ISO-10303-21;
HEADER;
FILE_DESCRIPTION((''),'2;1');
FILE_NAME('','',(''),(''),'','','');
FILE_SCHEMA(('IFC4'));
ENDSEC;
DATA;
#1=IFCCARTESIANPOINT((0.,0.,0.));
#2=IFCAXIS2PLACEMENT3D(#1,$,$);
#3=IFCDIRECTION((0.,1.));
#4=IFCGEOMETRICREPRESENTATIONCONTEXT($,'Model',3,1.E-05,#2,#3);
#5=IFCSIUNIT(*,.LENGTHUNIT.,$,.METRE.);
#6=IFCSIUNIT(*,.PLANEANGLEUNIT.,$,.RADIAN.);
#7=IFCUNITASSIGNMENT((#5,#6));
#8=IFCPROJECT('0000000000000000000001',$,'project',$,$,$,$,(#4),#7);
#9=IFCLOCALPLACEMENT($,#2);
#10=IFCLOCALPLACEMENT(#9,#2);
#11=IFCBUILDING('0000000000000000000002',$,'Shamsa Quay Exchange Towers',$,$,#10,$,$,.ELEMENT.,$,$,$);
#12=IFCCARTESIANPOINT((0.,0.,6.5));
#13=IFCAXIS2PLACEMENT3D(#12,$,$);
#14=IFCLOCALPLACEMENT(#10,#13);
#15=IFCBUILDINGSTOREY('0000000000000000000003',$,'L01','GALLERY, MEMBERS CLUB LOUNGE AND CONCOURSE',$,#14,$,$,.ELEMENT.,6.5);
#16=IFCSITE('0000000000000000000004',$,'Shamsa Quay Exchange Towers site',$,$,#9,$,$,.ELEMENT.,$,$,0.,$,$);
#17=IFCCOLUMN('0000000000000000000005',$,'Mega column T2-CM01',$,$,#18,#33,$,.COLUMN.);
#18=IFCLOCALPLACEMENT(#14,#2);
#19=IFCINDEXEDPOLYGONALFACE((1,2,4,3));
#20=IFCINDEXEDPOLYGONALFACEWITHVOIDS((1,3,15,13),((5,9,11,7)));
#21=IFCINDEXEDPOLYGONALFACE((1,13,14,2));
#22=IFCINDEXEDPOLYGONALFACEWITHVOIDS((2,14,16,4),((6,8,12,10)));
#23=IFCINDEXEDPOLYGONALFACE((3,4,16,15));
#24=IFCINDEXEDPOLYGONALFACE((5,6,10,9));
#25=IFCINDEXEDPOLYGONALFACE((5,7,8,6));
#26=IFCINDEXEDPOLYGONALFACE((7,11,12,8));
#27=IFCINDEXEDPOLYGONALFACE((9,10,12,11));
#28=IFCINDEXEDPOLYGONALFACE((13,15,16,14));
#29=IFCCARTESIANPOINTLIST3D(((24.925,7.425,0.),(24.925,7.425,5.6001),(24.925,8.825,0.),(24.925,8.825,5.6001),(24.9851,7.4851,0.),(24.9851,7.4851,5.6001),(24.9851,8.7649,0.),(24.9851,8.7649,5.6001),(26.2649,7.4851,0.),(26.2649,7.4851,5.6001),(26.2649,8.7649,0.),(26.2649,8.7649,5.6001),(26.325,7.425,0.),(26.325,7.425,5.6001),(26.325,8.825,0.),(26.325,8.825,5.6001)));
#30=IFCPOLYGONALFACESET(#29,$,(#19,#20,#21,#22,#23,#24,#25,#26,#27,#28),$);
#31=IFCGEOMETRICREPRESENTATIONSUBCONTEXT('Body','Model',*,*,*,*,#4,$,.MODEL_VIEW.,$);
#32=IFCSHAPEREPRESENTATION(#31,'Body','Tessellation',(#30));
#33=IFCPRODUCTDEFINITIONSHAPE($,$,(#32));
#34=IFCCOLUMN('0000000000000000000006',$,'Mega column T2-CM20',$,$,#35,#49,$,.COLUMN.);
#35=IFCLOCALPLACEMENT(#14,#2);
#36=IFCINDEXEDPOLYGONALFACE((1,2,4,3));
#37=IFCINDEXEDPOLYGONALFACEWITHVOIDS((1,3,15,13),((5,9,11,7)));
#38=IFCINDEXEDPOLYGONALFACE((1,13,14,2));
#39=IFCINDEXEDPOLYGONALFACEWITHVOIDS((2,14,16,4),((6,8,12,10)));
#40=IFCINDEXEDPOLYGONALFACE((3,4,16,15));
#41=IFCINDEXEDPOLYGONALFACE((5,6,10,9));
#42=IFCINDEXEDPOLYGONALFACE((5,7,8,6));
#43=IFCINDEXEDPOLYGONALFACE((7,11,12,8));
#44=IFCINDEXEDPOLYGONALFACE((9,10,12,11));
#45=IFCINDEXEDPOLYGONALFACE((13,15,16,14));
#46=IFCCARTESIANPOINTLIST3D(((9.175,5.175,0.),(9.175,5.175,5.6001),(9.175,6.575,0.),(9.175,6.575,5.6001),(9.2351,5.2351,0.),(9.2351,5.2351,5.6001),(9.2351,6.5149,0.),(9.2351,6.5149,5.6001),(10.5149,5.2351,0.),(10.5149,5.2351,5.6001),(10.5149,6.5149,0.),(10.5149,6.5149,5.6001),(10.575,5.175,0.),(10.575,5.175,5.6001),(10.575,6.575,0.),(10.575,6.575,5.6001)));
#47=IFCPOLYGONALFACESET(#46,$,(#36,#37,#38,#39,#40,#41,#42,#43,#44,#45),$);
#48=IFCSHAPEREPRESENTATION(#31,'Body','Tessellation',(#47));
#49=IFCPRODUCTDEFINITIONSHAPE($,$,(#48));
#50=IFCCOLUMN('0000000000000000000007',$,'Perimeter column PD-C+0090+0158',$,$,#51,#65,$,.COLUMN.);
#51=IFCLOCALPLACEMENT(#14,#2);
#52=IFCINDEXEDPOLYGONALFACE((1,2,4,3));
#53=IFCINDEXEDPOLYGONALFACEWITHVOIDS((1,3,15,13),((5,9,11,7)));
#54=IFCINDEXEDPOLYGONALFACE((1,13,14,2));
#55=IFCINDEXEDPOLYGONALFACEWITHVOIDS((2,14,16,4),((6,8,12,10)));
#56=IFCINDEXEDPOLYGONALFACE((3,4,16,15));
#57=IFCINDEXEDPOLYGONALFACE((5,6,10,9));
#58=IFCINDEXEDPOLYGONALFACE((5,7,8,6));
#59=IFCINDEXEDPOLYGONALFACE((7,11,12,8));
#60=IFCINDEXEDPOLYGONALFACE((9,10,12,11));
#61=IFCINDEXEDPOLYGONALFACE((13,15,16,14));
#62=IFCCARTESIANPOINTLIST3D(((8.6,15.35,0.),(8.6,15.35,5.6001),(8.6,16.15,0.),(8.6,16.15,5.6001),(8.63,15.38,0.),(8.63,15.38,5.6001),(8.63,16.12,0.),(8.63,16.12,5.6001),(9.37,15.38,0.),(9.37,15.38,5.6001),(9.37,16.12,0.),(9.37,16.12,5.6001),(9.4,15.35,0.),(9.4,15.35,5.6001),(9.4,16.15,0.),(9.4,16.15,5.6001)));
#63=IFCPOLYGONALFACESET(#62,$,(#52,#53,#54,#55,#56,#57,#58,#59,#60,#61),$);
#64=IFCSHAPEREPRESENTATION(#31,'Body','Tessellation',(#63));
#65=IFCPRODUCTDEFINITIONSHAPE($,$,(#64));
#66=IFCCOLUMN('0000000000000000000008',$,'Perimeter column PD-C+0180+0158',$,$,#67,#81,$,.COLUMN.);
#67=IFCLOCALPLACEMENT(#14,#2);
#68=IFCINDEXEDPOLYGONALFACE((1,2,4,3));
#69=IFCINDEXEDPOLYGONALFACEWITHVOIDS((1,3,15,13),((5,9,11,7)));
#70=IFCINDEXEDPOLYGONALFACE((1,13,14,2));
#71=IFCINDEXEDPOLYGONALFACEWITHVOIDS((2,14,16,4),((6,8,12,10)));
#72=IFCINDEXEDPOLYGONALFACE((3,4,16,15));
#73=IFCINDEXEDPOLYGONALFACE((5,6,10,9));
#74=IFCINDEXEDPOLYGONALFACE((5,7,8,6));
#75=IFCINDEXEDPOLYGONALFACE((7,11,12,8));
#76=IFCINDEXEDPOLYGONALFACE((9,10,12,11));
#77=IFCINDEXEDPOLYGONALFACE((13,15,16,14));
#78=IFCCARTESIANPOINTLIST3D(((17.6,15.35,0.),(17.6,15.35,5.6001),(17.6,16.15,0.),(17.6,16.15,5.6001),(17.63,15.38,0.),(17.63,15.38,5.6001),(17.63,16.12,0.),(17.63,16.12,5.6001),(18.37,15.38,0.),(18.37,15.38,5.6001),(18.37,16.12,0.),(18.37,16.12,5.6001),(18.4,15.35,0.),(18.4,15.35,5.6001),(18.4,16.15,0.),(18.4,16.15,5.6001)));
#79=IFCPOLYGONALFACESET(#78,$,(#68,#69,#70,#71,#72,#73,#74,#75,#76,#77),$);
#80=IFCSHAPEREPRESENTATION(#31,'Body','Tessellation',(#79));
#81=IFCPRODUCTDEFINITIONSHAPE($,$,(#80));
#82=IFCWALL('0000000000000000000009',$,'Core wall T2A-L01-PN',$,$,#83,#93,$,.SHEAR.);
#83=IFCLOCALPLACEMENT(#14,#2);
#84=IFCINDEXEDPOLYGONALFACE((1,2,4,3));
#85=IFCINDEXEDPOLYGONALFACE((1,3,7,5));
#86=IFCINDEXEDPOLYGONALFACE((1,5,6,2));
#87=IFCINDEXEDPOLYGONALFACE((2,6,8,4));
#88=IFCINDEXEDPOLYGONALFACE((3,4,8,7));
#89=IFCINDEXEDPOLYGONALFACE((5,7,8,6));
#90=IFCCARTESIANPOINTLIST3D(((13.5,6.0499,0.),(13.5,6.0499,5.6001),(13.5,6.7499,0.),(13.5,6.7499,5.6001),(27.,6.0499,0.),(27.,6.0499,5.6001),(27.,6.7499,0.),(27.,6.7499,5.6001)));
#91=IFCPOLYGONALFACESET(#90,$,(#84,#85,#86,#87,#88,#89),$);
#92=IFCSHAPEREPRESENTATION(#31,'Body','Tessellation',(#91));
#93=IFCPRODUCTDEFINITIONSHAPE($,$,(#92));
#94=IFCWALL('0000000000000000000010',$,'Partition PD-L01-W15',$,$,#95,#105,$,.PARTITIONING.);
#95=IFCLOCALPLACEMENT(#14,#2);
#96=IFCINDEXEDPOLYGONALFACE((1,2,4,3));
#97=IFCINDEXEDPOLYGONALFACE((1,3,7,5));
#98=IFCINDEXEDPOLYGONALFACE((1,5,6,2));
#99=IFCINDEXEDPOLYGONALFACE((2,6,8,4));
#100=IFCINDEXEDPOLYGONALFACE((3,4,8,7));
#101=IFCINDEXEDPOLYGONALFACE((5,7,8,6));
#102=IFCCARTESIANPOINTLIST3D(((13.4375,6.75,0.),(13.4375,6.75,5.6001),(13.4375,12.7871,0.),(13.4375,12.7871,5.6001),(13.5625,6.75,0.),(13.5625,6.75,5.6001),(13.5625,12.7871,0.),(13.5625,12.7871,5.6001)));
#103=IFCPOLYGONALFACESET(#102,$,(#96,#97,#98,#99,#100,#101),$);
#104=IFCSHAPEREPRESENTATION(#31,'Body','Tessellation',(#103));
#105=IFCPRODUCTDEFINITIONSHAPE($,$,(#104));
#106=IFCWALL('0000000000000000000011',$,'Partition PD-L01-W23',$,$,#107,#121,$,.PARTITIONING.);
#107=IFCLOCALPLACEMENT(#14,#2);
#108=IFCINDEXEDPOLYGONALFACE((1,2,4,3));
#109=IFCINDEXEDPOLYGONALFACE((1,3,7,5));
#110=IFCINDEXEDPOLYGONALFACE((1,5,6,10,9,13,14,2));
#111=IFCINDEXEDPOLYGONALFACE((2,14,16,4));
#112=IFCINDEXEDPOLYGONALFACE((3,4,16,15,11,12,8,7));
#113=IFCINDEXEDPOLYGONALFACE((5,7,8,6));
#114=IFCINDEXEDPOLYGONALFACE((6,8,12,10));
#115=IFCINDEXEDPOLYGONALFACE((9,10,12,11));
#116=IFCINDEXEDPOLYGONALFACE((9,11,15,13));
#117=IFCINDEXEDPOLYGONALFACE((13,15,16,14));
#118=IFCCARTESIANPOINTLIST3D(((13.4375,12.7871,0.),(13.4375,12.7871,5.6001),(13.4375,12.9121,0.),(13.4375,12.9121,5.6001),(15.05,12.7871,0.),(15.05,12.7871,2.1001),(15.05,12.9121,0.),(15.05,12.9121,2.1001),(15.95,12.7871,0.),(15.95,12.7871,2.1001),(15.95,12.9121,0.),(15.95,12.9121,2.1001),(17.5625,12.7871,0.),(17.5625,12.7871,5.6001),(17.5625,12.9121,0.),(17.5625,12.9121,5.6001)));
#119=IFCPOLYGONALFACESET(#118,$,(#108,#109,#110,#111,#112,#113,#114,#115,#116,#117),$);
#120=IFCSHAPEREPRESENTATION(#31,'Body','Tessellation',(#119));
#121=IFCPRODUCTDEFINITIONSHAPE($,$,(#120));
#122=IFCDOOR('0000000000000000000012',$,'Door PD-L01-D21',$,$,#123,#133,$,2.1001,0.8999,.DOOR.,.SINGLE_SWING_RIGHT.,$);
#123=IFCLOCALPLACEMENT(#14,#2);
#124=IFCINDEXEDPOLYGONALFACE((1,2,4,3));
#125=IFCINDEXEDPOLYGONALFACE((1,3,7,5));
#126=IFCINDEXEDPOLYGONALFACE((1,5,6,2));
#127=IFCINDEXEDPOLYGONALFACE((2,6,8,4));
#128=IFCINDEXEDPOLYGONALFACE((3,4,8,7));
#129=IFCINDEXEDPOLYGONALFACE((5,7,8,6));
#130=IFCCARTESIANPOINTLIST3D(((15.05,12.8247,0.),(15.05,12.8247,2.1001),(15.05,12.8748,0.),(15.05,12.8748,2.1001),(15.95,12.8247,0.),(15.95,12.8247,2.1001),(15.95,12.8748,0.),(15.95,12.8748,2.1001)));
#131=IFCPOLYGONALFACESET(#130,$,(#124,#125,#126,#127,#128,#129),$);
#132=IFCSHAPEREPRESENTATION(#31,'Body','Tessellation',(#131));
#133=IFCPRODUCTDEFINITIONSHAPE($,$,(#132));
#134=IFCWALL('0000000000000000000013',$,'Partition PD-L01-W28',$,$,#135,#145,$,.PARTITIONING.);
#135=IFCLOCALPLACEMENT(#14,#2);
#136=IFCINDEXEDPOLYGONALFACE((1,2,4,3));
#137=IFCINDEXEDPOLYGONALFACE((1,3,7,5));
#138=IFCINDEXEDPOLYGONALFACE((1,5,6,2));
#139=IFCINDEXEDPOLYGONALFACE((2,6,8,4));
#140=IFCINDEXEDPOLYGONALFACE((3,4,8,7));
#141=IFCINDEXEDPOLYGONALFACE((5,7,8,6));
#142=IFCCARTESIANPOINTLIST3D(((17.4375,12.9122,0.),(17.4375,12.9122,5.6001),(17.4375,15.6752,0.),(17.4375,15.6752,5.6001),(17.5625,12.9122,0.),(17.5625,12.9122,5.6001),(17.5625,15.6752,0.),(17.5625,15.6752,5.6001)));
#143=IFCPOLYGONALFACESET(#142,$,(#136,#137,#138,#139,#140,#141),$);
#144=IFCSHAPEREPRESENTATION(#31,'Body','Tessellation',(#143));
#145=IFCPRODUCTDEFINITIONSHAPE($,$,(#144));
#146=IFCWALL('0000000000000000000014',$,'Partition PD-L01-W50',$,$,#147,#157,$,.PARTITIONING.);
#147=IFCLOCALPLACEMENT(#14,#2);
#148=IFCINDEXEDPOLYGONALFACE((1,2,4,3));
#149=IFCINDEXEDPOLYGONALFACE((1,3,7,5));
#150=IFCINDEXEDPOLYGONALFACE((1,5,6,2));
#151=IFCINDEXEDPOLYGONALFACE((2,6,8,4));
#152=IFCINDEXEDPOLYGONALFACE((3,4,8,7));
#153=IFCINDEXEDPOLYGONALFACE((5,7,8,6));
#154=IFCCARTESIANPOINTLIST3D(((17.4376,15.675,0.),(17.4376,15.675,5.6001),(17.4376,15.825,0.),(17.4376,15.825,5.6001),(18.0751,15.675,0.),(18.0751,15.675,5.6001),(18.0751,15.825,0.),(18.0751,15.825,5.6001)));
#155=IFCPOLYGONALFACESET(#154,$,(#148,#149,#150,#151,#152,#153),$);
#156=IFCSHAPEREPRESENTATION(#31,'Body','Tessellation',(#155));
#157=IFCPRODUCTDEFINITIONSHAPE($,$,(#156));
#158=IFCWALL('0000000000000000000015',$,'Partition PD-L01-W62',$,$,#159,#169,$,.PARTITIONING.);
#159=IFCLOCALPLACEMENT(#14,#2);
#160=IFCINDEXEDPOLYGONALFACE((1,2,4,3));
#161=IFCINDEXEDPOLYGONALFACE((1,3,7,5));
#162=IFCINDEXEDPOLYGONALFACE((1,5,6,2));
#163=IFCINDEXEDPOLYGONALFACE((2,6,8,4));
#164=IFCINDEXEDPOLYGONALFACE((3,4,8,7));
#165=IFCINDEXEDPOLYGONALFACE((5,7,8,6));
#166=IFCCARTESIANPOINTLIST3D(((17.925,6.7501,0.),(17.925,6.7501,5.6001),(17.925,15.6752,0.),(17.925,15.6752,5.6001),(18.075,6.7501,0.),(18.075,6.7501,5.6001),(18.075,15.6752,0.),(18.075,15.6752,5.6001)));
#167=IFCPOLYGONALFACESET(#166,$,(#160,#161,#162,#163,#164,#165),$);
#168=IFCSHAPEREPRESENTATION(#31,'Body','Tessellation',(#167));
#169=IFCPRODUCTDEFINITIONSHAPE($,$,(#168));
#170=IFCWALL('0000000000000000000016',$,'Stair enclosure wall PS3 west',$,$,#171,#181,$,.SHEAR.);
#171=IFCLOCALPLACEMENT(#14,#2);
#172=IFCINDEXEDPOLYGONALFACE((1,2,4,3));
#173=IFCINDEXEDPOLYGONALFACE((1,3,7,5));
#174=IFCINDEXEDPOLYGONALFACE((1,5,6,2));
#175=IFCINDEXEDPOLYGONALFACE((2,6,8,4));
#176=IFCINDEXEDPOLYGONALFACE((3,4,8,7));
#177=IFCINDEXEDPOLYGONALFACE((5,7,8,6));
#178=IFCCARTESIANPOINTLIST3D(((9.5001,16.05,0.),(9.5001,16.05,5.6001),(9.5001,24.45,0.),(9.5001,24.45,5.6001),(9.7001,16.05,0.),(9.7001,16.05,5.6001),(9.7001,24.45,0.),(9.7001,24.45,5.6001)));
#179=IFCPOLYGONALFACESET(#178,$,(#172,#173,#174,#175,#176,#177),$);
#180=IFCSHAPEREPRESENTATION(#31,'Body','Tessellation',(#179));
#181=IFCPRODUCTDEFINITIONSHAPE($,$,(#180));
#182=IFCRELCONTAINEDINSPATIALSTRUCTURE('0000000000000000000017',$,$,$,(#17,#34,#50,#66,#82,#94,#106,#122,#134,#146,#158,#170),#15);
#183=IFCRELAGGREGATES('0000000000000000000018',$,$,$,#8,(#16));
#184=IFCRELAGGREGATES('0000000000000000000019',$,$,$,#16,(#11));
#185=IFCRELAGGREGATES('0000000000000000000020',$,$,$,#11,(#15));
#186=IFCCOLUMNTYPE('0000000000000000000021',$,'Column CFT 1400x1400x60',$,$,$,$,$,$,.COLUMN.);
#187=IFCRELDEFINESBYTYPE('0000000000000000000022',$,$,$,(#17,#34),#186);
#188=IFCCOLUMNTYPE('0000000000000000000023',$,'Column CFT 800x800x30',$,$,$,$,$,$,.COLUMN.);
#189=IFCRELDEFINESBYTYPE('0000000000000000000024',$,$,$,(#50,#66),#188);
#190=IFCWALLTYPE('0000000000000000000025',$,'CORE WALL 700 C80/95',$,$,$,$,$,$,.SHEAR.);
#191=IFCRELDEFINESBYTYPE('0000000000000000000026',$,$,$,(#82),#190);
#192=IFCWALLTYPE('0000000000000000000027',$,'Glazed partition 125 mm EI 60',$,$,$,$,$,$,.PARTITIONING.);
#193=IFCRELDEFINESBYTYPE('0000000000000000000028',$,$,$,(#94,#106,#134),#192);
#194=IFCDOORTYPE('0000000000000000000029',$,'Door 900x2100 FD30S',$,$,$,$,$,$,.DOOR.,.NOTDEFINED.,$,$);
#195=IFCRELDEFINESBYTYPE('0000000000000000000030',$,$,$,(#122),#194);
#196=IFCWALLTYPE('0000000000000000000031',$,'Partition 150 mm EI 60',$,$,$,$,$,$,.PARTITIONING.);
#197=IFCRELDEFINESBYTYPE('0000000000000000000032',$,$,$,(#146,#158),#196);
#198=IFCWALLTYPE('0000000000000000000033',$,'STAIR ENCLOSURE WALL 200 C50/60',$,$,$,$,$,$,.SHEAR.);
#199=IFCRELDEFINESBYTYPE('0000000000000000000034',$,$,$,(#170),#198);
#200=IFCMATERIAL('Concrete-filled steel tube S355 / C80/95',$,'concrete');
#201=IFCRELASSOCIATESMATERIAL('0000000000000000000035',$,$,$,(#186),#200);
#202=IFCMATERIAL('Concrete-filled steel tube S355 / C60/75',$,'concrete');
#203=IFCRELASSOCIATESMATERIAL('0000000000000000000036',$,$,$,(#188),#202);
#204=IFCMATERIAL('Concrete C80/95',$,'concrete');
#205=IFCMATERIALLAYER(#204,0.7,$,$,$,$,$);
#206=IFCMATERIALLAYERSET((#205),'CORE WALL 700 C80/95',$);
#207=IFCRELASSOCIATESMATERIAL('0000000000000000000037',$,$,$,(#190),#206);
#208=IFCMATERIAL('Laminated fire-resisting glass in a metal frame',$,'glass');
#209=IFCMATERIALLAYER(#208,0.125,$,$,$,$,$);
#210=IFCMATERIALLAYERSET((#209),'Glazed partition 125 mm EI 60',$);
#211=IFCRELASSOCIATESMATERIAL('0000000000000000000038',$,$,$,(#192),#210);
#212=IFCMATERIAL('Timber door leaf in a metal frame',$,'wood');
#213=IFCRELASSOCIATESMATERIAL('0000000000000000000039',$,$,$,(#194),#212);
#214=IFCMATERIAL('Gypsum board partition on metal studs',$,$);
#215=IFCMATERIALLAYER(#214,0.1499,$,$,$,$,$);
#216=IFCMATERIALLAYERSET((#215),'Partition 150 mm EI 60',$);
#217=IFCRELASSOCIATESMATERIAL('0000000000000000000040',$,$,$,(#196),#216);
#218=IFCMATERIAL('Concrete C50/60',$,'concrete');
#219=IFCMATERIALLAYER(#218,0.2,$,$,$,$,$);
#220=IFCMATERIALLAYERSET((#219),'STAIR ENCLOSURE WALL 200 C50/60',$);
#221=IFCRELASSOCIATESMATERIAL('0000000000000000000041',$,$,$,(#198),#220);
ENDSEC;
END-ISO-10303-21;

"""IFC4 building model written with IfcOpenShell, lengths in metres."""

from ifc_helpers import new_model, si_unit, direction, frame, frame_2d, origin, origin_2d, place, context, subcontext, project, spatial, rectangle, hollow_rectangle, extrude, material, layer, layer_set, material_profile, profile_set, type_object, element, fill, save


model = new_model("IFC4")

# Units and contexts
model_context = context("Model", 3, precision=1e-05, world=origin(), true_north=direction((0.0, 1.0)))
body_context = subcontext(model_context, "Body", "Model", "MODEL_VIEW")
ifc_project = project(units=[si_unit("LENGTHUNIT", "METRE"), si_unit("PLANEANGLEUNIT", "RADIAN")], contexts=[model_context])

# Site, building, storey
site_placement = place(None, origin())
site = spatial("IfcSite", under=ifc_project, at=site_placement, Name="Shamsa Quay Exchange Towers site", CompositionType="ELEMENT", RefElevation=0.0)
building_placement = place(site_placement, origin())
building = spatial("IfcBuilding", under=site, at=building_placement, Name="Shamsa Quay Exchange Towers", CompositionType="ELEMENT")
storey_placement = place(building_placement, frame((0.0, 0.0, 6.5)))
storey = spatial("IfcBuildingStorey", under=building, at=storey_placement, Name="L01", Description="GALLERY, MEMBERS CLUB LOUNGE AND CONCOURSE", CompositionType="ELEMENT", Elevation=6.5)

# Columns
ifc_material_1 = material(Name="Concrete-filled steel tube S355 / C80/95", Category="concrete")
ifc_material_profile_1 = material_profile(ifc_material_1, hollow_rectangle(XDim=1.3999, YDim=1.3999, WallThickness=0.0601, at=origin_2d()), Name="CFT 1400x1400x60")
ifc_profile_set_1 = profile_set([ifc_material_profile_1], Name="Concrete-filled steel tube S355 / C80/95")
column_type_1 = type_object("IfcColumnType", Name="Column CFT 1400x1400x60", PredefinedType="COLUMN", material=ifc_profile_set_1)
for number, where, name in (
    (1, (25.625, 8.125, 0.0), "Mega column T2-CM01"),
    (2, (9.875, 5.875, 0.0), "Mega column T2-CM20"),
):
    element("IfcColumn", number, at=place(storey_placement, frame(where)), inside=storey, type_object=column_type_1, Name=name, PredefinedType="COLUMN", context=body_context, shape_type="SweptSolid", body=[
        extrude(hollow_rectangle(XDim=1.3999, YDim=1.3999, WallThickness=0.0601, at=origin_2d()), origin(), (0.0, 0.0, 1.0), 5.6001),
    ])
ifc_material_2 = material(Name="Concrete-filled steel tube S355 / C60/75", Category="concrete")
ifc_material_profile_2 = material_profile(ifc_material_2, hollow_rectangle(XDim=0.8, YDim=0.8, WallThickness=0.03, at=origin_2d()), Name="CFT 800x800x30")
ifc_profile_set_2 = profile_set([ifc_material_profile_2], Name="Concrete-filled steel tube S355 / C60/75")
column_type_2 = type_object("IfcColumnType", Name="Column CFT 800x800x30", PredefinedType="COLUMN", material=ifc_profile_set_2)
for number, where, name in (
    (3, (9.0, 15.75, 0.0), "Perimeter column PD-C+0090+0158"),
    (4, (18.0, 15.75, 0.0), "Perimeter column PD-C+0180+0158"),
):
    element("IfcColumn", number, at=place(storey_placement, frame(where)), inside=storey, type_object=column_type_2, Name=name, PredefinedType="COLUMN", context=body_context, shape_type="SweptSolid", body=[
        extrude(hollow_rectangle(XDim=0.8, YDim=0.8, WallThickness=0.03, at=origin_2d()), origin(), (0.0, 0.0, 1.0), 5.6001),
    ])

# Wall
ifc_material_3 = material(Name="Concrete C80/95", Category="concrete")
ifc_layer_1 = layer(ifc_material_3, 0.7)
ifc_layer_set_1 = layer_set([ifc_layer_1], Name="CORE WALL 700 C80/95")
wall_type_1 = type_object("IfcWallType", Name="CORE WALL 700 C80/95", PredefinedType="SHEAR", material=ifc_layer_set_1)
wall_1_placement = place(storey_placement, frame((13.5, 6.3999, 0.0)))
element("IfcWall", 5, at=wall_1_placement, inside=storey, type_object=wall_type_1, Name="Core wall T2A-L01-PN", PredefinedType="SHEAR", context=body_context, shape_type="SweptSolid", body=[
    extrude(rectangle(XDim=13.5, YDim=0.7, at=frame_2d((6.75, 0.0))), origin(), (0.0, 0.0, 1.0), 5.6001),
])

# Wall
ifc_material_4 = material(Name="Laminated fire-resisting glass in a metal frame", Category="glass")
ifc_layer_2 = layer(ifc_material_4, 0.125)
ifc_layer_set_2 = layer_set([ifc_layer_2], Name="Glazed partition 125 mm EI 60")
wall_type_2 = type_object("IfcWallType", Name="Glazed partition 125 mm EI 60", PredefinedType="PARTITIONING", material=ifc_layer_set_2)
wall_2_placement = place(storey_placement, frame((13.5, 12.7871, 0.0), z_axis=(0.0, 0.0, 1.0), x_axis=(0.0, -1.0, 0.0)))
element("IfcWall", 6, at=wall_2_placement, inside=storey, type_object=wall_type_2, Name="Partition PD-L01-W15", PredefinedType="PARTITIONING", context=body_context, shape_type="SweptSolid", body=[
    extrude(rectangle(XDim=6.0371, YDim=0.125, at=frame_2d((3.0186, 0.0))), origin(), (0.0, 0.0, 1.0), 5.6001),
])

# Wall, opening, door
wall_3_placement = place(storey_placement, frame((17.5625, 12.8496, 0.0), z_axis=(0.0, 0.0, 1.0), x_axis=(-1.0, 0.0, 0.0)))
wall_3 = element("IfcWall", 7, at=wall_3_placement, inside=storey, type_object=wall_type_2, Name="Partition PD-L01-W23", PredefinedType="PARTITIONING", context=body_context, shape_type="SweptSolid", body=[
    extrude(rectangle(XDim=4.125, YDim=0.125, at=frame_2d((2.0625, 0.0))), origin(), (0.0, 0.0, 1.0), 5.6001),
])
opening_1_placement = place(wall_3_placement, frame((1.6125, 0.0, 0.0)))
opening_1 = element("IfcOpeningElement", 8, at=opening_1_placement, cuts=wall_3, PredefinedType="OPENING", context=body_context, shape_type="SweptSolid", body=[
    extrude(rectangle(XDim=0.8999, YDim=2.1001, at=frame_2d((0.45, 1.05))), frame((0.0, 0.0725, 0.0), z_axis=(0.0, -1.0, 0.0), x_axis=(1.0, 0.0, 0.0)), (0.0, 0.0, 1.0), 0.145),
])
ifc_material_5 = material(Name="Timber door leaf in a metal frame", Category="wood")
door_type_1 = type_object("IfcDoorType", Name="Door 900x2100 FD30S", OperationType="NOTDEFINED", PredefinedType="DOOR", material=ifc_material_5)
door_1_placement = place(opening_1_placement, origin())
door_1 = element("IfcDoor", 9, at=door_1_placement, inside=storey, type_object=door_type_1, Name="Door PD-L01-D21", OperationType="SINGLE_SWING_RIGHT", OverallHeight=2.1001, OverallWidth=0.8999, PredefinedType="DOOR", context=body_context, shape_type="SweptSolid", body=[
    extrude(rectangle(XDim=0.8999, YDim=2.1001, at=frame_2d((0.45, 1.05))), frame((0.0, 0.0249, 0.0), z_axis=(0.0, -1.0, 0.0), x_axis=(1.0, 0.0, 0.0)), (0.0, 0.0, 1.0), 0.05),
])
fill(opening_1, door_1)

# Walls
wall_4_placement = place(storey_placement, frame((17.5, 15.675, 0.0), z_axis=(0.0, 0.0, 1.0), x_axis=(0.0, -1.0, 0.0)))
element("IfcWall", 10, at=wall_4_placement, inside=storey, type_object=wall_type_2, Name="Partition PD-L01-W28", PredefinedType="PARTITIONING", context=body_context, shape_type="SweptSolid", body=[
    extrude(rectangle(XDim=2.7629, YDim=0.125, at=frame_2d((1.3813, 0.0))), origin(), (0.0, 0.0, 1.0), 5.6001),
])
ifc_material_6 = material(Name="Gypsum board partition on metal studs")
ifc_layer_3 = layer(ifc_material_6, 0.1499)
ifc_layer_set_3 = layer_set([ifc_layer_3], Name="Partition 150 mm EI 60")
wall_type_3 = type_object("IfcWallType", Name="Partition 150 mm EI 60", PredefinedType="PARTITIONING", material=ifc_layer_set_3)
wall_5_placement = place(storey_placement, frame((17.4375, 15.75, 0.0)))
element("IfcWall", 11, at=wall_5_placement, inside=storey, type_object=wall_type_3, Name="Partition PD-L01-W50", PredefinedType="PARTITIONING", context=body_context, shape_type="SweptSolid", body=[
    extrude(rectangle(XDim=0.6375, YDim=0.1499, at=frame_2d((0.3188, 0.0))), origin(), (0.0, 0.0, 1.0), 5.6001),
])
wall_6_placement = place(storey_placement, frame((18.0, 15.675, 0.0), z_axis=(0.0, 0.0, 1.0), x_axis=(0.0, -1.0, 0.0)))
element("IfcWall", 12, at=wall_6_placement, inside=storey, type_object=wall_type_3, Name="Partition PD-L01-W62", PredefinedType="PARTITIONING", context=body_context, shape_type="SweptSolid", body=[
    extrude(rectangle(XDim=8.925, YDim=0.1499, at=frame_2d((4.4624, 0.0))), origin(), (0.0, 0.0, 1.0), 5.6001),
])

# Shared definitions
ifc_material_7 = material(Name="Concrete C50/60", Category="concrete")
ifc_layer_4 = layer(ifc_material_7, 0.2)
ifc_layer_set_4 = layer_set([ifc_layer_4], Name="STAIR ENCLOSURE WALL 200 C50/60")
wall_type_4 = type_object("IfcWallType", Name="STAIR ENCLOSURE WALL 200 C50/60", PredefinedType="SHEAR", material=ifc_layer_set_4)

# Wall
for number, where, z_axis, x_axis, name in (
    (13, (9.6001, 16.05, 0.0), (0.0, 0.0, 1.0), (0.0, 1.0, 0.0), "Stair enclosure wall PS3 west"),
):
    element("IfcWall", number, at=place(storey_placement, frame(where, z_axis=z_axis, x_axis=x_axis)), inside=storey, type_object=wall_type_4, Name=name, PredefinedType="SHEAR", context=body_context, shape_type="SweptSolid", body=[
        extrude(rectangle(XDim=8.3999, YDim=0.2, at=frame_2d((4.2, 0.0))), origin(), (0.0, 0.0, 1.0), 5.6001),
    ])

save(model, "model.ifc")
